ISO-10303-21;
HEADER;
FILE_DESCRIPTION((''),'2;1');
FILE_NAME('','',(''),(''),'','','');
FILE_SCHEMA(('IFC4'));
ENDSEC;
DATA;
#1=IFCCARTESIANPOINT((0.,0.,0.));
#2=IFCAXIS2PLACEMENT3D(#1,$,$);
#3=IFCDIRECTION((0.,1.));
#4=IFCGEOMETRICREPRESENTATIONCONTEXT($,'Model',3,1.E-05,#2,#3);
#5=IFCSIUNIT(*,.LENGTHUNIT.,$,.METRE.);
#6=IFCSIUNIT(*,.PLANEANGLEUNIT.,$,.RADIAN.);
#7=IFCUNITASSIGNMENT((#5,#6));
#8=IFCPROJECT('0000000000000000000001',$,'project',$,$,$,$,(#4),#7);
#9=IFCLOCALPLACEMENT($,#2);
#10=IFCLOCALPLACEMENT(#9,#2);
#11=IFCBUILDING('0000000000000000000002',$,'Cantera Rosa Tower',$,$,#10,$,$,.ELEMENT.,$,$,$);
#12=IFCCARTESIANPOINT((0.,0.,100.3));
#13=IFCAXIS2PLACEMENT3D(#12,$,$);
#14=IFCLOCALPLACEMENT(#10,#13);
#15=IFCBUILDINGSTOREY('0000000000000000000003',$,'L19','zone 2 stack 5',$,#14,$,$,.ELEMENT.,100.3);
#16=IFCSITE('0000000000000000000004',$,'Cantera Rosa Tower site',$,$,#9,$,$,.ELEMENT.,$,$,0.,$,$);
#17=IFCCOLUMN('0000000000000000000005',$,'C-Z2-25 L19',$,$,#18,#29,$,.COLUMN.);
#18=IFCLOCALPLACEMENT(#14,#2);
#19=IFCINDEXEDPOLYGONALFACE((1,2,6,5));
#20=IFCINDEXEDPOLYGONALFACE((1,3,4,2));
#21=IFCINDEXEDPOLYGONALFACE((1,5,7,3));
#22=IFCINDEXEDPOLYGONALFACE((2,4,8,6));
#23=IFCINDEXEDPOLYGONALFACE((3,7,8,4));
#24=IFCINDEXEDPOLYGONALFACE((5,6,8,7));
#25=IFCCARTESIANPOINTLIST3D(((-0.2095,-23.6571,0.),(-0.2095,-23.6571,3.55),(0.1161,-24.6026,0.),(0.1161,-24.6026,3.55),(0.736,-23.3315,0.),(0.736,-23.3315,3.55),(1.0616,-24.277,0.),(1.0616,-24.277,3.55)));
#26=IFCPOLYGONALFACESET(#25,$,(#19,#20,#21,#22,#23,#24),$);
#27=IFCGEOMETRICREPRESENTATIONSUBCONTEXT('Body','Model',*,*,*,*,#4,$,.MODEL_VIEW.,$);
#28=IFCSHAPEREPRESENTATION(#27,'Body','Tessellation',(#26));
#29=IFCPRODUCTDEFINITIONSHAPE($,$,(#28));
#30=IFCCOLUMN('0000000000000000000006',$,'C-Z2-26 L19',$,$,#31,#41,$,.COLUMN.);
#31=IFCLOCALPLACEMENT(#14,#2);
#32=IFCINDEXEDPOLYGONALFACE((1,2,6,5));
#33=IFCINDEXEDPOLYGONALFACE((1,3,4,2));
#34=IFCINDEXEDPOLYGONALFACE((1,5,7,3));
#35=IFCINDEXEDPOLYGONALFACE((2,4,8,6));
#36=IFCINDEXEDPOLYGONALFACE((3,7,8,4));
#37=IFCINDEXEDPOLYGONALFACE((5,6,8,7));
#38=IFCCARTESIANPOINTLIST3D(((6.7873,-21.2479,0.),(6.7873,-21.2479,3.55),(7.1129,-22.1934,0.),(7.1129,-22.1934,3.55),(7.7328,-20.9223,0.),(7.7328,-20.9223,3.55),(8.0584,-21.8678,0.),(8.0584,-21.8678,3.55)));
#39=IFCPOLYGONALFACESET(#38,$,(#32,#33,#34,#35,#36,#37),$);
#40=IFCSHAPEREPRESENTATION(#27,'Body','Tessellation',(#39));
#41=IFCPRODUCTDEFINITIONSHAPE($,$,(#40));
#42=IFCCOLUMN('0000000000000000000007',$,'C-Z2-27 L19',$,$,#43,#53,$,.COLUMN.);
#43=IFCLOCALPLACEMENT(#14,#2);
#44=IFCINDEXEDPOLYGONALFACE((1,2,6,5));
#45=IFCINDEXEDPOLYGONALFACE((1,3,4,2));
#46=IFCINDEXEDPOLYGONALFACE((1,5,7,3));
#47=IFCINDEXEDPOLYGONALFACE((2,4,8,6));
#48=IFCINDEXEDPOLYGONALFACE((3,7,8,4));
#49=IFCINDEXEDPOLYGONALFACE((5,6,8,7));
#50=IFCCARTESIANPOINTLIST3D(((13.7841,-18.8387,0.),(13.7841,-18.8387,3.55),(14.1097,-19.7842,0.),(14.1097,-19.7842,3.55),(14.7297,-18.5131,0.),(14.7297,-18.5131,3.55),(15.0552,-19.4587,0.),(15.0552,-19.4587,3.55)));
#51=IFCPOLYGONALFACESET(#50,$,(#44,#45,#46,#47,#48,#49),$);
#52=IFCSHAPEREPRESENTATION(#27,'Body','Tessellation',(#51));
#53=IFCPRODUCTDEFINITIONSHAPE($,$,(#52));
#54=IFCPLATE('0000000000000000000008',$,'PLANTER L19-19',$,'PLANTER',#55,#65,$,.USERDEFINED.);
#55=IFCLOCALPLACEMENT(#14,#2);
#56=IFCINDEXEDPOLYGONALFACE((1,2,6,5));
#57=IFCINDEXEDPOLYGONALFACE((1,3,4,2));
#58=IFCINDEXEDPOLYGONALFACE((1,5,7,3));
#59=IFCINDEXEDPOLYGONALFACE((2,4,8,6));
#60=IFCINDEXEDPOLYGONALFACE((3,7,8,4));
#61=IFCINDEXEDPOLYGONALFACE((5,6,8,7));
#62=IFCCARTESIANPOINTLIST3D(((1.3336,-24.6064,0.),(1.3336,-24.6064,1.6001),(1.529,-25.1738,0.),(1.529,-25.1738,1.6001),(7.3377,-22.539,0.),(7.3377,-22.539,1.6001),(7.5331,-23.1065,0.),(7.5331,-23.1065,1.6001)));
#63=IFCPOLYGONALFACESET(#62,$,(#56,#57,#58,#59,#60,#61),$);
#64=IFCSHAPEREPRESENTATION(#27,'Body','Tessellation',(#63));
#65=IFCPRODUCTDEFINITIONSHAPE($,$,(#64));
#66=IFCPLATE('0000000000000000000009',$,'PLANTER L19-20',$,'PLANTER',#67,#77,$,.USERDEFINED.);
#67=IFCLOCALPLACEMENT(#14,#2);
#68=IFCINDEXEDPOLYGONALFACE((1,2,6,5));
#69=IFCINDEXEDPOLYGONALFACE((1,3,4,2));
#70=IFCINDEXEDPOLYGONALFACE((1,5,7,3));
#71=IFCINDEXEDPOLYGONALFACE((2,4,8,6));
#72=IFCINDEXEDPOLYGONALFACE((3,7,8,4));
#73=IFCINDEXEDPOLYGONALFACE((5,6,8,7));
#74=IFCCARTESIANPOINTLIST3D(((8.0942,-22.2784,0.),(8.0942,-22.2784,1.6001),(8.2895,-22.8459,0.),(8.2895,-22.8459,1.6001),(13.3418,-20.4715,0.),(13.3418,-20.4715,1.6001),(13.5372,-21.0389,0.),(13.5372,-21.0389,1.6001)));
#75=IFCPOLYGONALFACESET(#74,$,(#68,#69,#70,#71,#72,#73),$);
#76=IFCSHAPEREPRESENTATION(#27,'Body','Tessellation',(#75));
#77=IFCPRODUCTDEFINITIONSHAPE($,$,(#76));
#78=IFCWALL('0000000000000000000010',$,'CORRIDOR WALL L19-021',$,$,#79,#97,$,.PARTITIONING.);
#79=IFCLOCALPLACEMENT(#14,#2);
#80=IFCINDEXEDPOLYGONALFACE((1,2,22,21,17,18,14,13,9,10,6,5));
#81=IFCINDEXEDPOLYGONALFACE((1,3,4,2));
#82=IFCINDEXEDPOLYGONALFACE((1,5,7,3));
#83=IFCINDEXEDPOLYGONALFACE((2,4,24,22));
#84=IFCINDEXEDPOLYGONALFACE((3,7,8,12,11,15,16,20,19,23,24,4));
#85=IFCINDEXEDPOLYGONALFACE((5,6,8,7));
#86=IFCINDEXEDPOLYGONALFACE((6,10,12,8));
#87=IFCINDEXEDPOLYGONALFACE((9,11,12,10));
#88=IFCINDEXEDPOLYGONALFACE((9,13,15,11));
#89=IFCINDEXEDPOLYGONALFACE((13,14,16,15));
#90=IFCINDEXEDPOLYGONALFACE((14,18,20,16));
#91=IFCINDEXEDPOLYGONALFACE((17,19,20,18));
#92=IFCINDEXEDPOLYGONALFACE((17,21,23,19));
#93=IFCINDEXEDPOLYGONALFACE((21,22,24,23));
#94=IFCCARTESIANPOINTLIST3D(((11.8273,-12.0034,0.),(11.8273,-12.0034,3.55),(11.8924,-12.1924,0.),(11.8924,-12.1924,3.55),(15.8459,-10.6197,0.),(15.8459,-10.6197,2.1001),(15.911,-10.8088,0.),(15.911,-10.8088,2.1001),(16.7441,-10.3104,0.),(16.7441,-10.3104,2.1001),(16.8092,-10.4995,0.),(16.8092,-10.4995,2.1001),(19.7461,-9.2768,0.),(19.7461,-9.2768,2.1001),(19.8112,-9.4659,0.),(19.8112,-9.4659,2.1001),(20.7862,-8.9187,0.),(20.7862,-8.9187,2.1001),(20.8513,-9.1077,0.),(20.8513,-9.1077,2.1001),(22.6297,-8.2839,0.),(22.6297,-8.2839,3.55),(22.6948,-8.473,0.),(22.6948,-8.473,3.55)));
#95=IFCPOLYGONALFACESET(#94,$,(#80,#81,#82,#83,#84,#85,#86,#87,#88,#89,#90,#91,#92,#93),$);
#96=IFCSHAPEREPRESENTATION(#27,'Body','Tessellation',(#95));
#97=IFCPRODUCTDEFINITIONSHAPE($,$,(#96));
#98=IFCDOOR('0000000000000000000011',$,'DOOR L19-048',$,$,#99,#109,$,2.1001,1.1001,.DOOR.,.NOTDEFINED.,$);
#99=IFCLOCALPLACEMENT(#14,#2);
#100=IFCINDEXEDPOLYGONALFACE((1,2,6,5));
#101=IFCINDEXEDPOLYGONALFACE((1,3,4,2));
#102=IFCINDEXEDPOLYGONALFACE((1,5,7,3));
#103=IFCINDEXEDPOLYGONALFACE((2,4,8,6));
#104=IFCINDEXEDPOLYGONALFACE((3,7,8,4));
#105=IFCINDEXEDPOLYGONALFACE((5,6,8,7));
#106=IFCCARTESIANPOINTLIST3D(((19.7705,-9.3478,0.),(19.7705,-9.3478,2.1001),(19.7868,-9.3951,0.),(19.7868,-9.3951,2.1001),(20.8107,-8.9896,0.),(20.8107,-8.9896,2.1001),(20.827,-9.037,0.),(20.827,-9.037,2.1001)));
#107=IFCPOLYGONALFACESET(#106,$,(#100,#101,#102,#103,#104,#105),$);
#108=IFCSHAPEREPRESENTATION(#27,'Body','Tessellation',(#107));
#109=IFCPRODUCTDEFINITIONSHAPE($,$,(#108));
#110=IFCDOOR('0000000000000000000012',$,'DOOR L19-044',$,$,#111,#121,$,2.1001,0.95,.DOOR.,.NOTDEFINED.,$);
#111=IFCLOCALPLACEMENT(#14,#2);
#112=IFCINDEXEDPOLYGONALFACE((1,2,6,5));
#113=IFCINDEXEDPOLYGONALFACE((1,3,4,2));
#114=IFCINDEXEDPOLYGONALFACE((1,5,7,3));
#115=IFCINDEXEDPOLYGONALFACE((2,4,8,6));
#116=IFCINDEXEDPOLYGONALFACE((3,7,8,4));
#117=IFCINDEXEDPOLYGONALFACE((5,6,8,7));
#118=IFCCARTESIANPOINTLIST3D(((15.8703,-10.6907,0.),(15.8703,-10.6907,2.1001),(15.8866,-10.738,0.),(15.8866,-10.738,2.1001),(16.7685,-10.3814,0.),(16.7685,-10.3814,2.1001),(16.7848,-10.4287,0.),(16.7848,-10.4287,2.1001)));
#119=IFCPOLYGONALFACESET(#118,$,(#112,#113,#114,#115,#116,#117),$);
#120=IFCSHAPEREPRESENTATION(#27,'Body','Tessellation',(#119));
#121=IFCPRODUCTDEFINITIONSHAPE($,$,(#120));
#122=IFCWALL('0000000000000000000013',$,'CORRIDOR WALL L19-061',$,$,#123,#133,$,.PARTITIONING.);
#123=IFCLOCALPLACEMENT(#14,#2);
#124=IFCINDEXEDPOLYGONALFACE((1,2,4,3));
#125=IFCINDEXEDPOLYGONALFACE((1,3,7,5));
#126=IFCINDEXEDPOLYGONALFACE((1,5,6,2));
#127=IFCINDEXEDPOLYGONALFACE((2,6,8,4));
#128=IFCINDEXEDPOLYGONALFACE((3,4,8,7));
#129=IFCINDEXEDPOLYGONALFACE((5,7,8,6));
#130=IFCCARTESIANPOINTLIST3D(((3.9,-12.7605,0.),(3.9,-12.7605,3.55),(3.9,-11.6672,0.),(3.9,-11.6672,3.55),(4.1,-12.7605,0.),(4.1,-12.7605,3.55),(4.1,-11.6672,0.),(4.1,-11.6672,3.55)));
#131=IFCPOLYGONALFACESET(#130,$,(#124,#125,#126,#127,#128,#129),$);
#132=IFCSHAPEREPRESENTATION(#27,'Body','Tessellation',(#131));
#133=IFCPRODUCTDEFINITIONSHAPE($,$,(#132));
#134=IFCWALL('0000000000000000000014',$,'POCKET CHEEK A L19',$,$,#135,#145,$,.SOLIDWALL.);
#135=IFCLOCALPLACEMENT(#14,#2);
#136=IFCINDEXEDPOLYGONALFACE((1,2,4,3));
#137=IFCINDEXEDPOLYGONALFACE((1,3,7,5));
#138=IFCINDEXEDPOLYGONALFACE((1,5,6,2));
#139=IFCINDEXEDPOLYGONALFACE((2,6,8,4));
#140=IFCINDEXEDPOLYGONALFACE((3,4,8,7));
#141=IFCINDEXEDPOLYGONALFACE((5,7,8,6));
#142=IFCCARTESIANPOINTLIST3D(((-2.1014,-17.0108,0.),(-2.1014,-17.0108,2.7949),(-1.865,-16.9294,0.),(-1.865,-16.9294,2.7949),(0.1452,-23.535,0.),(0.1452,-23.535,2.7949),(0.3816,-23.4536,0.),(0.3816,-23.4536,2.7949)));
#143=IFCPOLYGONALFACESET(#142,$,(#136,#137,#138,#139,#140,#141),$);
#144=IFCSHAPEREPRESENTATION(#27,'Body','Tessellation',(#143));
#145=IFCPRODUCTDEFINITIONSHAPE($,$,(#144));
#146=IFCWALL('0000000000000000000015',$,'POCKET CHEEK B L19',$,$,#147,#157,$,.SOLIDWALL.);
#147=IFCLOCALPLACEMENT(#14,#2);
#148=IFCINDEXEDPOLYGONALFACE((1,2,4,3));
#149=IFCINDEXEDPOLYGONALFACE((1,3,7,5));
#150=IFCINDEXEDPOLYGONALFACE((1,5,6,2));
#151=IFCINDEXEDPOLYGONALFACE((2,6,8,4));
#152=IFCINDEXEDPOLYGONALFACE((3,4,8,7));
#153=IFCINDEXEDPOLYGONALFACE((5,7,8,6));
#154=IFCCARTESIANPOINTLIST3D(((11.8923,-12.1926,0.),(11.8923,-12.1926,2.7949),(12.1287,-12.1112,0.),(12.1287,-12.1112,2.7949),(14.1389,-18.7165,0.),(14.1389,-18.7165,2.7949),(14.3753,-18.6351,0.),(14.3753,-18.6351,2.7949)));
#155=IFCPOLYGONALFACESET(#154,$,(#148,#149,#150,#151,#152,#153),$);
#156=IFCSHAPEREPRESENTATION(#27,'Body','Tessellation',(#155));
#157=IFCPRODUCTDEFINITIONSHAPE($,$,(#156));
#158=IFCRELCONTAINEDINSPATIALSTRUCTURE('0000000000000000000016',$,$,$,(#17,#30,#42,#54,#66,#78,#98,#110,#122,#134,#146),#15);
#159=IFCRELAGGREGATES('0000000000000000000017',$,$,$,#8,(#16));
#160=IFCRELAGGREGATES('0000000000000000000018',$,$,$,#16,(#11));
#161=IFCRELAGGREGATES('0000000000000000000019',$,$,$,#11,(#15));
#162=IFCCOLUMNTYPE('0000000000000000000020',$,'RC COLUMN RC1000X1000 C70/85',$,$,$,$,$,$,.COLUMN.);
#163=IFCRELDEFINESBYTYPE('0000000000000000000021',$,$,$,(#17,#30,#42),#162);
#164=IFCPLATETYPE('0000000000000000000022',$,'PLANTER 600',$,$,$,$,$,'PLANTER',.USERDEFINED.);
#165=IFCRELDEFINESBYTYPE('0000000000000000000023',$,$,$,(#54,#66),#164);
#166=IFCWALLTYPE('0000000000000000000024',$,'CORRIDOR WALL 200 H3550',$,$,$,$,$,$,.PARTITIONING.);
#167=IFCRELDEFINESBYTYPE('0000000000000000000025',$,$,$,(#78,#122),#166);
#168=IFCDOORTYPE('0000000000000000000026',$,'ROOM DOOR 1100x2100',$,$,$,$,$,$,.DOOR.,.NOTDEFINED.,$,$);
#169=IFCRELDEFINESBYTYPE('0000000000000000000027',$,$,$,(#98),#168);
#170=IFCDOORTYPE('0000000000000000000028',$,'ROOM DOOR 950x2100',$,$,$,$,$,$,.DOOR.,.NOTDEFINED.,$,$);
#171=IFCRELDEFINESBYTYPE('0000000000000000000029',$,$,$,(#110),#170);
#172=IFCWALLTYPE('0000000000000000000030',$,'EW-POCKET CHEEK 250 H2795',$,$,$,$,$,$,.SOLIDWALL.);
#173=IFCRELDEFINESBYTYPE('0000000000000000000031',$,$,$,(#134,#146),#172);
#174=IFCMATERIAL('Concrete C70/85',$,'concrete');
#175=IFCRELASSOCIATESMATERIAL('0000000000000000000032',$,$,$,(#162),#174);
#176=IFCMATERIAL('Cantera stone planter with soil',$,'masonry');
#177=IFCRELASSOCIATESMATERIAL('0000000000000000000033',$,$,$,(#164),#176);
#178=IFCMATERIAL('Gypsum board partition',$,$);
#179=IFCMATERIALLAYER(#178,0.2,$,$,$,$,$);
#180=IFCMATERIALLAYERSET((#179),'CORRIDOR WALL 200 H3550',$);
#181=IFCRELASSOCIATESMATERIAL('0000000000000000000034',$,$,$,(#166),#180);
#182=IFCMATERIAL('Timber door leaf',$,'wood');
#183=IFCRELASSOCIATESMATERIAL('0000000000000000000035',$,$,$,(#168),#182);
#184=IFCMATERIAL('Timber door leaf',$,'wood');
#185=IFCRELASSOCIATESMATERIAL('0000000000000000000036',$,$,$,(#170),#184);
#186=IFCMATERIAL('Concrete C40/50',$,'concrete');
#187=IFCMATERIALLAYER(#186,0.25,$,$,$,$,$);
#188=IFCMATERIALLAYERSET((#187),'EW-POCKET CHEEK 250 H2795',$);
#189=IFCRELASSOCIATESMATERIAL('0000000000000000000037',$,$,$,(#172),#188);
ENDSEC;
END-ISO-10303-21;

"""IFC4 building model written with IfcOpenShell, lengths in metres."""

from ifc_helpers import new_model, si_unit, direction, frame, frame_2d, origin, origin_2d, place, context, subcontext, project, spatial, rectangle, extrude, material, layer, layer_set, material_profile, profile_set, type_object, element, fill, save


model = new_model("IFC4")

# Units and contexts
model_context = context("Model", 3, precision=1e-05, world=origin(), true_north=direction((0.0, 1.0)))
body_context = subcontext(model_context, "Body", "Model", "MODEL_VIEW")
ifc_project = project(units=[si_unit("LENGTHUNIT", "METRE"), si_unit("PLANEANGLEUNIT", "RADIAN")], contexts=[model_context])

# Site, building, storey
site_placement = place(None, origin())
site = spatial("IfcSite", under=ifc_project, at=site_placement, Name="Cantera Rosa Tower site", CompositionType="ELEMENT", RefElevation=0.0)
building_placement = place(site_placement, origin())
building = spatial("IfcBuilding", under=site, at=building_placement, Name="Cantera Rosa Tower", CompositionType="ELEMENT")
storey_placement = place(building_placement, frame((0.0, 0.0, 100.3)))
storey = spatial("IfcBuildingStorey", under=building, at=storey_placement, Name="L19", Description="zone 2 stack 5", CompositionType="ELEMENT", Elevation=100.3)

# Columns
ifc_material_1 = material(Name="Concrete C70/85", Category="concrete")
ifc_material_profile = material_profile(ifc_material_1, rectangle(XDim=1.0, YDim=1.0, at=origin_2d()), Name="RC COLUMN RC1000X1000 C70/85")
ifc_profile_set = profile_set([ifc_material_profile], Name="Concrete C70/85")
column_type = type_object("IfcColumnType", Name="RC COLUMN RC1000X1000 C70/85", PredefinedType="COLUMN", material=ifc_profile_set)
for number, where, z_axis, x_axis, name in (
    (1, (0.426, -23.967, 0.0), (0.0, 0.0, 1.0), (0.945519, 0.325568, 0.0), "C-Z2-25 L19"),
    (2, (7.4229, -21.5579, 0.0), (0.0, 0.0, 1.0), (0.945519, 0.325568, 0.0), "C-Z2-26 L19"),
    (3, (14.4197, -19.1487, 0.0), (0.0, 0.0, 1.0), (0.945519, 0.325568, 0.0), "C-Z2-27 L19"),
):
    element("IfcColumn", number, at=place(storey_placement, frame(where, z_axis=z_axis, x_axis=x_axis)), inside=storey, type_object=column_type, Name=name, PredefinedType="COLUMN", context=body_context, shape_type="SweptSolid", body=[
        extrude(rectangle(XDim=1.0, YDim=1.0, at=origin_2d()), origin(), (0.0, 0.0, 1.0), 3.55),
    ])

# Plates
ifc_material_2 = material(Name="Cantera stone planter with soil", Category="masonry")
plate_type = type_object("IfcPlateType", Name="PLANTER 600", ElementType="PLANTER", PredefinedType="USERDEFINED", material=ifc_material_2)
plate_1_placement = place(storey_placement, frame((4.4333, -23.8564, 0.0), z_axis=(0.0, 0.0, 1.0), x_axis=(0.945519, 0.325568, 0.0)))
element("IfcPlate", 4, at=plate_1_placement, inside=storey, type_object=plate_type, Name="PLANTER L19-19", ObjectType="PLANTER", PredefinedType="USERDEFINED", context=body_context, shape_type="SweptSolid", body=[
    extrude(rectangle(XDim=6.3501, YDim=0.6001, at=origin_2d()), origin(), (0.0, 0.0, 1.0), 1.6001),
])
plate_2_placement = place(storey_placement, frame((10.8157, -21.6587, 0.0), z_axis=(0.0, 0.0, 1.0), x_axis=(0.945519, 0.325568, 0.0)))
element("IfcPlate", 5, at=plate_2_placement, inside=storey, type_object=plate_type, Name="PLANTER L19-20", ObjectType="PLANTER", PredefinedType="USERDEFINED", context=body_context, shape_type="SweptSolid", body=[
    extrude(rectangle(XDim=5.55, YDim=0.6001, at=origin_2d()), origin(), (0.0, 0.0, 1.0), 1.6001),
])

# Wall, openings, doors
ifc_material_3 = material(Name="Gypsum board partition")
ifc_layer_1 = layer(ifc_material_3, 0.2)
ifc_layer_set_1 = layer_set([ifc_layer_1], Name="CORRIDOR WALL 200 H3550")
wall_type_1 = type_object("IfcWallType", Name="CORRIDOR WALL 200 H3550", PredefinedType="PARTITIONING", material=ifc_layer_set_1)
wall_1_placement = place(storey_placement, frame((11.8599, -12.0979, 0.0), z_axis=(0.0, 0.0, 1.0), x_axis=(0.945522, 0.325559, 0.0)))
wall_1 = element("IfcWall", 6, at=wall_1_placement, inside=storey, type_object=wall_type_1, Name="CORRIDOR WALL L19-021", PredefinedType="PARTITIONING", context=body_context, shape_type="SweptSolid", body=[
    extrude(rectangle(XDim=11.4248, YDim=0.2, at=frame_2d((5.7124, 0.0))), origin(), (0.0, 0.0, 1.0), 3.55),
])
opening_1_placement = place(wall_1_placement, frame((4.25, 0.0, 0.0)))
opening_1 = element("IfcOpeningElement", 7, at=opening_1_placement, cuts=wall_1, PredefinedType="OPENING", context=body_context, shape_type="SweptSolid", body=[
    extrude(rectangle(XDim=0.95, YDim=2.1001, at=frame_2d((0.4751, 1.05))), frame((0.0, 0.1099, 0.0), z_axis=(0.0, -1.0, 0.0), x_axis=(1.0, 0.0, 0.0)), (0.0, 0.0, 1.0), 0.22),
])
opening_2_placement = place(wall_1_placement, frame((8.375, 0.0, 0.0)))
opening_2 = element("IfcOpeningElement", 8, at=opening_2_placement, cuts=wall_1, PredefinedType="OPENING", context=body_context, shape_type="SweptSolid", body=[
    extrude(rectangle(XDim=1.1001, YDim=2.1001, at=frame_2d((0.55, 1.05))), frame((0.0, 0.1099, 0.0), z_axis=(0.0, -1.0, 0.0), x_axis=(1.0, 0.0, 0.0)), (0.0, 0.0, 1.0), 0.22),
])
ifc_material_4 = material(Name="Timber door leaf", Category="wood")
door_type_1 = type_object("IfcDoorType", Name="ROOM DOOR 1100x2100", OperationType="NOTDEFINED", PredefinedType="DOOR", material=ifc_material_4)
door_1_placement = place(opening_2_placement, origin())
door_1 = element("IfcDoor", 9, at=door_1_placement, inside=storey, type_object=door_type_1, Name="DOOR L19-048", OperationType="NOTDEFINED", OverallHeight=2.1001, OverallWidth=1.1001, PredefinedType="DOOR", context=body_context, shape_type="SweptSolid", body=[
    extrude(rectangle(XDim=1.1001, YDim=2.1001, at=frame_2d((0.55, 1.05))), frame((0.0, 0.0249, 0.0), z_axis=(0.0, -1.0, 0.0), x_axis=(1.0, 0.0, 0.0)), (0.0, 0.0, 1.0), 0.05),
])
fill(opening_2, door_1)
ifc_material_5 = material(Name="Timber door leaf", Category="wood")
door_type_2 = type_object("IfcDoorType", Name="ROOM DOOR 950x2100", OperationType="NOTDEFINED", PredefinedType="DOOR", material=ifc_material_5)
door_2_placement = place(opening_1_placement, origin())
door_2 = element("IfcDoor", 10, at=door_2_placement, inside=storey, type_object=door_type_2, Name="DOOR L19-044", OperationType="NOTDEFINED", OverallHeight=2.1001, OverallWidth=0.95, PredefinedType="DOOR", context=body_context, shape_type="SweptSolid", body=[
    extrude(rectangle(XDim=0.95, YDim=2.1001, at=frame_2d((0.4751, 1.05))), frame((0.0, 0.0249, 0.0), z_axis=(0.0, -1.0, 0.0), x_axis=(1.0, 0.0, 0.0)), (0.0, 0.0, 1.0), 0.05),
])
fill(opening_1, door_2)

# Walls
wall_2_placement = place(storey_placement, frame((4.0, -12.7605, 0.0), z_axis=(0.0, 0.0, 1.0), x_axis=(0.0, 1.0, 0.0)))
element("IfcWall", 11, at=wall_2_placement, inside=storey, type_object=wall_type_1, Name="CORRIDOR WALL L19-061", PredefinedType="PARTITIONING", context=body_context, shape_type="SweptSolid", body=[
    extrude(rectangle(XDim=1.0933, YDim=0.2, at=frame_2d((0.5466, 0.0))), origin(), (0.0, 0.0, 1.0), 3.55),
])
ifc_material_6 = material(Name="Concrete C40/50", Category="concrete")
ifc_layer_2 = layer(ifc_material_6, 0.25)
ifc_layer_set_2 = layer_set([ifc_layer_2], Name="EW-POCKET CHEEK 250 H2795")
wall_type_2 = type_object("IfcWallType", Name="EW-POCKET CHEEK 250 H2795", PredefinedType="SOLIDWALL", material=ifc_layer_set_2)
wall_3_placement = place(storey_placement, frame((0.2634, -23.4944, 0.0), z_axis=(0.0, 0.0, 1.0), x_axis=(-0.325585, 0.945513, 0.0)))
element("IfcWall", 12, at=wall_3_placement, inside=storey, type_object=wall_type_2, Name="POCKET CHEEK A L19", PredefinedType="SOLIDWALL", context=body_context, shape_type="SweptSolid", body=[
    extrude(rectangle(XDim=6.9001, YDim=0.25, at=frame_2d((3.4502, 0.0))), origin(), (0.0, 0.0, 1.0), 2.7949),
])
wall_4_placement = place(storey_placement, frame((14.2571, -18.6758, 0.0), z_axis=(0.0, 0.0, 1.0), x_axis=(-0.325596, 0.945509, 0.0)))
element("IfcWall", 13, at=wall_4_placement, inside=storey, type_object=wall_type_2, Name="POCKET CHEEK B L19", PredefinedType="SOLIDWALL", context=body_context, shape_type="SweptSolid", body=[
    extrude(rectangle(XDim=6.8999, YDim=0.25, at=frame_2d((3.45, 0.0))), origin(), (0.0, 0.0, 1.0), 2.7949),
])

save(model, "model.ifc")
